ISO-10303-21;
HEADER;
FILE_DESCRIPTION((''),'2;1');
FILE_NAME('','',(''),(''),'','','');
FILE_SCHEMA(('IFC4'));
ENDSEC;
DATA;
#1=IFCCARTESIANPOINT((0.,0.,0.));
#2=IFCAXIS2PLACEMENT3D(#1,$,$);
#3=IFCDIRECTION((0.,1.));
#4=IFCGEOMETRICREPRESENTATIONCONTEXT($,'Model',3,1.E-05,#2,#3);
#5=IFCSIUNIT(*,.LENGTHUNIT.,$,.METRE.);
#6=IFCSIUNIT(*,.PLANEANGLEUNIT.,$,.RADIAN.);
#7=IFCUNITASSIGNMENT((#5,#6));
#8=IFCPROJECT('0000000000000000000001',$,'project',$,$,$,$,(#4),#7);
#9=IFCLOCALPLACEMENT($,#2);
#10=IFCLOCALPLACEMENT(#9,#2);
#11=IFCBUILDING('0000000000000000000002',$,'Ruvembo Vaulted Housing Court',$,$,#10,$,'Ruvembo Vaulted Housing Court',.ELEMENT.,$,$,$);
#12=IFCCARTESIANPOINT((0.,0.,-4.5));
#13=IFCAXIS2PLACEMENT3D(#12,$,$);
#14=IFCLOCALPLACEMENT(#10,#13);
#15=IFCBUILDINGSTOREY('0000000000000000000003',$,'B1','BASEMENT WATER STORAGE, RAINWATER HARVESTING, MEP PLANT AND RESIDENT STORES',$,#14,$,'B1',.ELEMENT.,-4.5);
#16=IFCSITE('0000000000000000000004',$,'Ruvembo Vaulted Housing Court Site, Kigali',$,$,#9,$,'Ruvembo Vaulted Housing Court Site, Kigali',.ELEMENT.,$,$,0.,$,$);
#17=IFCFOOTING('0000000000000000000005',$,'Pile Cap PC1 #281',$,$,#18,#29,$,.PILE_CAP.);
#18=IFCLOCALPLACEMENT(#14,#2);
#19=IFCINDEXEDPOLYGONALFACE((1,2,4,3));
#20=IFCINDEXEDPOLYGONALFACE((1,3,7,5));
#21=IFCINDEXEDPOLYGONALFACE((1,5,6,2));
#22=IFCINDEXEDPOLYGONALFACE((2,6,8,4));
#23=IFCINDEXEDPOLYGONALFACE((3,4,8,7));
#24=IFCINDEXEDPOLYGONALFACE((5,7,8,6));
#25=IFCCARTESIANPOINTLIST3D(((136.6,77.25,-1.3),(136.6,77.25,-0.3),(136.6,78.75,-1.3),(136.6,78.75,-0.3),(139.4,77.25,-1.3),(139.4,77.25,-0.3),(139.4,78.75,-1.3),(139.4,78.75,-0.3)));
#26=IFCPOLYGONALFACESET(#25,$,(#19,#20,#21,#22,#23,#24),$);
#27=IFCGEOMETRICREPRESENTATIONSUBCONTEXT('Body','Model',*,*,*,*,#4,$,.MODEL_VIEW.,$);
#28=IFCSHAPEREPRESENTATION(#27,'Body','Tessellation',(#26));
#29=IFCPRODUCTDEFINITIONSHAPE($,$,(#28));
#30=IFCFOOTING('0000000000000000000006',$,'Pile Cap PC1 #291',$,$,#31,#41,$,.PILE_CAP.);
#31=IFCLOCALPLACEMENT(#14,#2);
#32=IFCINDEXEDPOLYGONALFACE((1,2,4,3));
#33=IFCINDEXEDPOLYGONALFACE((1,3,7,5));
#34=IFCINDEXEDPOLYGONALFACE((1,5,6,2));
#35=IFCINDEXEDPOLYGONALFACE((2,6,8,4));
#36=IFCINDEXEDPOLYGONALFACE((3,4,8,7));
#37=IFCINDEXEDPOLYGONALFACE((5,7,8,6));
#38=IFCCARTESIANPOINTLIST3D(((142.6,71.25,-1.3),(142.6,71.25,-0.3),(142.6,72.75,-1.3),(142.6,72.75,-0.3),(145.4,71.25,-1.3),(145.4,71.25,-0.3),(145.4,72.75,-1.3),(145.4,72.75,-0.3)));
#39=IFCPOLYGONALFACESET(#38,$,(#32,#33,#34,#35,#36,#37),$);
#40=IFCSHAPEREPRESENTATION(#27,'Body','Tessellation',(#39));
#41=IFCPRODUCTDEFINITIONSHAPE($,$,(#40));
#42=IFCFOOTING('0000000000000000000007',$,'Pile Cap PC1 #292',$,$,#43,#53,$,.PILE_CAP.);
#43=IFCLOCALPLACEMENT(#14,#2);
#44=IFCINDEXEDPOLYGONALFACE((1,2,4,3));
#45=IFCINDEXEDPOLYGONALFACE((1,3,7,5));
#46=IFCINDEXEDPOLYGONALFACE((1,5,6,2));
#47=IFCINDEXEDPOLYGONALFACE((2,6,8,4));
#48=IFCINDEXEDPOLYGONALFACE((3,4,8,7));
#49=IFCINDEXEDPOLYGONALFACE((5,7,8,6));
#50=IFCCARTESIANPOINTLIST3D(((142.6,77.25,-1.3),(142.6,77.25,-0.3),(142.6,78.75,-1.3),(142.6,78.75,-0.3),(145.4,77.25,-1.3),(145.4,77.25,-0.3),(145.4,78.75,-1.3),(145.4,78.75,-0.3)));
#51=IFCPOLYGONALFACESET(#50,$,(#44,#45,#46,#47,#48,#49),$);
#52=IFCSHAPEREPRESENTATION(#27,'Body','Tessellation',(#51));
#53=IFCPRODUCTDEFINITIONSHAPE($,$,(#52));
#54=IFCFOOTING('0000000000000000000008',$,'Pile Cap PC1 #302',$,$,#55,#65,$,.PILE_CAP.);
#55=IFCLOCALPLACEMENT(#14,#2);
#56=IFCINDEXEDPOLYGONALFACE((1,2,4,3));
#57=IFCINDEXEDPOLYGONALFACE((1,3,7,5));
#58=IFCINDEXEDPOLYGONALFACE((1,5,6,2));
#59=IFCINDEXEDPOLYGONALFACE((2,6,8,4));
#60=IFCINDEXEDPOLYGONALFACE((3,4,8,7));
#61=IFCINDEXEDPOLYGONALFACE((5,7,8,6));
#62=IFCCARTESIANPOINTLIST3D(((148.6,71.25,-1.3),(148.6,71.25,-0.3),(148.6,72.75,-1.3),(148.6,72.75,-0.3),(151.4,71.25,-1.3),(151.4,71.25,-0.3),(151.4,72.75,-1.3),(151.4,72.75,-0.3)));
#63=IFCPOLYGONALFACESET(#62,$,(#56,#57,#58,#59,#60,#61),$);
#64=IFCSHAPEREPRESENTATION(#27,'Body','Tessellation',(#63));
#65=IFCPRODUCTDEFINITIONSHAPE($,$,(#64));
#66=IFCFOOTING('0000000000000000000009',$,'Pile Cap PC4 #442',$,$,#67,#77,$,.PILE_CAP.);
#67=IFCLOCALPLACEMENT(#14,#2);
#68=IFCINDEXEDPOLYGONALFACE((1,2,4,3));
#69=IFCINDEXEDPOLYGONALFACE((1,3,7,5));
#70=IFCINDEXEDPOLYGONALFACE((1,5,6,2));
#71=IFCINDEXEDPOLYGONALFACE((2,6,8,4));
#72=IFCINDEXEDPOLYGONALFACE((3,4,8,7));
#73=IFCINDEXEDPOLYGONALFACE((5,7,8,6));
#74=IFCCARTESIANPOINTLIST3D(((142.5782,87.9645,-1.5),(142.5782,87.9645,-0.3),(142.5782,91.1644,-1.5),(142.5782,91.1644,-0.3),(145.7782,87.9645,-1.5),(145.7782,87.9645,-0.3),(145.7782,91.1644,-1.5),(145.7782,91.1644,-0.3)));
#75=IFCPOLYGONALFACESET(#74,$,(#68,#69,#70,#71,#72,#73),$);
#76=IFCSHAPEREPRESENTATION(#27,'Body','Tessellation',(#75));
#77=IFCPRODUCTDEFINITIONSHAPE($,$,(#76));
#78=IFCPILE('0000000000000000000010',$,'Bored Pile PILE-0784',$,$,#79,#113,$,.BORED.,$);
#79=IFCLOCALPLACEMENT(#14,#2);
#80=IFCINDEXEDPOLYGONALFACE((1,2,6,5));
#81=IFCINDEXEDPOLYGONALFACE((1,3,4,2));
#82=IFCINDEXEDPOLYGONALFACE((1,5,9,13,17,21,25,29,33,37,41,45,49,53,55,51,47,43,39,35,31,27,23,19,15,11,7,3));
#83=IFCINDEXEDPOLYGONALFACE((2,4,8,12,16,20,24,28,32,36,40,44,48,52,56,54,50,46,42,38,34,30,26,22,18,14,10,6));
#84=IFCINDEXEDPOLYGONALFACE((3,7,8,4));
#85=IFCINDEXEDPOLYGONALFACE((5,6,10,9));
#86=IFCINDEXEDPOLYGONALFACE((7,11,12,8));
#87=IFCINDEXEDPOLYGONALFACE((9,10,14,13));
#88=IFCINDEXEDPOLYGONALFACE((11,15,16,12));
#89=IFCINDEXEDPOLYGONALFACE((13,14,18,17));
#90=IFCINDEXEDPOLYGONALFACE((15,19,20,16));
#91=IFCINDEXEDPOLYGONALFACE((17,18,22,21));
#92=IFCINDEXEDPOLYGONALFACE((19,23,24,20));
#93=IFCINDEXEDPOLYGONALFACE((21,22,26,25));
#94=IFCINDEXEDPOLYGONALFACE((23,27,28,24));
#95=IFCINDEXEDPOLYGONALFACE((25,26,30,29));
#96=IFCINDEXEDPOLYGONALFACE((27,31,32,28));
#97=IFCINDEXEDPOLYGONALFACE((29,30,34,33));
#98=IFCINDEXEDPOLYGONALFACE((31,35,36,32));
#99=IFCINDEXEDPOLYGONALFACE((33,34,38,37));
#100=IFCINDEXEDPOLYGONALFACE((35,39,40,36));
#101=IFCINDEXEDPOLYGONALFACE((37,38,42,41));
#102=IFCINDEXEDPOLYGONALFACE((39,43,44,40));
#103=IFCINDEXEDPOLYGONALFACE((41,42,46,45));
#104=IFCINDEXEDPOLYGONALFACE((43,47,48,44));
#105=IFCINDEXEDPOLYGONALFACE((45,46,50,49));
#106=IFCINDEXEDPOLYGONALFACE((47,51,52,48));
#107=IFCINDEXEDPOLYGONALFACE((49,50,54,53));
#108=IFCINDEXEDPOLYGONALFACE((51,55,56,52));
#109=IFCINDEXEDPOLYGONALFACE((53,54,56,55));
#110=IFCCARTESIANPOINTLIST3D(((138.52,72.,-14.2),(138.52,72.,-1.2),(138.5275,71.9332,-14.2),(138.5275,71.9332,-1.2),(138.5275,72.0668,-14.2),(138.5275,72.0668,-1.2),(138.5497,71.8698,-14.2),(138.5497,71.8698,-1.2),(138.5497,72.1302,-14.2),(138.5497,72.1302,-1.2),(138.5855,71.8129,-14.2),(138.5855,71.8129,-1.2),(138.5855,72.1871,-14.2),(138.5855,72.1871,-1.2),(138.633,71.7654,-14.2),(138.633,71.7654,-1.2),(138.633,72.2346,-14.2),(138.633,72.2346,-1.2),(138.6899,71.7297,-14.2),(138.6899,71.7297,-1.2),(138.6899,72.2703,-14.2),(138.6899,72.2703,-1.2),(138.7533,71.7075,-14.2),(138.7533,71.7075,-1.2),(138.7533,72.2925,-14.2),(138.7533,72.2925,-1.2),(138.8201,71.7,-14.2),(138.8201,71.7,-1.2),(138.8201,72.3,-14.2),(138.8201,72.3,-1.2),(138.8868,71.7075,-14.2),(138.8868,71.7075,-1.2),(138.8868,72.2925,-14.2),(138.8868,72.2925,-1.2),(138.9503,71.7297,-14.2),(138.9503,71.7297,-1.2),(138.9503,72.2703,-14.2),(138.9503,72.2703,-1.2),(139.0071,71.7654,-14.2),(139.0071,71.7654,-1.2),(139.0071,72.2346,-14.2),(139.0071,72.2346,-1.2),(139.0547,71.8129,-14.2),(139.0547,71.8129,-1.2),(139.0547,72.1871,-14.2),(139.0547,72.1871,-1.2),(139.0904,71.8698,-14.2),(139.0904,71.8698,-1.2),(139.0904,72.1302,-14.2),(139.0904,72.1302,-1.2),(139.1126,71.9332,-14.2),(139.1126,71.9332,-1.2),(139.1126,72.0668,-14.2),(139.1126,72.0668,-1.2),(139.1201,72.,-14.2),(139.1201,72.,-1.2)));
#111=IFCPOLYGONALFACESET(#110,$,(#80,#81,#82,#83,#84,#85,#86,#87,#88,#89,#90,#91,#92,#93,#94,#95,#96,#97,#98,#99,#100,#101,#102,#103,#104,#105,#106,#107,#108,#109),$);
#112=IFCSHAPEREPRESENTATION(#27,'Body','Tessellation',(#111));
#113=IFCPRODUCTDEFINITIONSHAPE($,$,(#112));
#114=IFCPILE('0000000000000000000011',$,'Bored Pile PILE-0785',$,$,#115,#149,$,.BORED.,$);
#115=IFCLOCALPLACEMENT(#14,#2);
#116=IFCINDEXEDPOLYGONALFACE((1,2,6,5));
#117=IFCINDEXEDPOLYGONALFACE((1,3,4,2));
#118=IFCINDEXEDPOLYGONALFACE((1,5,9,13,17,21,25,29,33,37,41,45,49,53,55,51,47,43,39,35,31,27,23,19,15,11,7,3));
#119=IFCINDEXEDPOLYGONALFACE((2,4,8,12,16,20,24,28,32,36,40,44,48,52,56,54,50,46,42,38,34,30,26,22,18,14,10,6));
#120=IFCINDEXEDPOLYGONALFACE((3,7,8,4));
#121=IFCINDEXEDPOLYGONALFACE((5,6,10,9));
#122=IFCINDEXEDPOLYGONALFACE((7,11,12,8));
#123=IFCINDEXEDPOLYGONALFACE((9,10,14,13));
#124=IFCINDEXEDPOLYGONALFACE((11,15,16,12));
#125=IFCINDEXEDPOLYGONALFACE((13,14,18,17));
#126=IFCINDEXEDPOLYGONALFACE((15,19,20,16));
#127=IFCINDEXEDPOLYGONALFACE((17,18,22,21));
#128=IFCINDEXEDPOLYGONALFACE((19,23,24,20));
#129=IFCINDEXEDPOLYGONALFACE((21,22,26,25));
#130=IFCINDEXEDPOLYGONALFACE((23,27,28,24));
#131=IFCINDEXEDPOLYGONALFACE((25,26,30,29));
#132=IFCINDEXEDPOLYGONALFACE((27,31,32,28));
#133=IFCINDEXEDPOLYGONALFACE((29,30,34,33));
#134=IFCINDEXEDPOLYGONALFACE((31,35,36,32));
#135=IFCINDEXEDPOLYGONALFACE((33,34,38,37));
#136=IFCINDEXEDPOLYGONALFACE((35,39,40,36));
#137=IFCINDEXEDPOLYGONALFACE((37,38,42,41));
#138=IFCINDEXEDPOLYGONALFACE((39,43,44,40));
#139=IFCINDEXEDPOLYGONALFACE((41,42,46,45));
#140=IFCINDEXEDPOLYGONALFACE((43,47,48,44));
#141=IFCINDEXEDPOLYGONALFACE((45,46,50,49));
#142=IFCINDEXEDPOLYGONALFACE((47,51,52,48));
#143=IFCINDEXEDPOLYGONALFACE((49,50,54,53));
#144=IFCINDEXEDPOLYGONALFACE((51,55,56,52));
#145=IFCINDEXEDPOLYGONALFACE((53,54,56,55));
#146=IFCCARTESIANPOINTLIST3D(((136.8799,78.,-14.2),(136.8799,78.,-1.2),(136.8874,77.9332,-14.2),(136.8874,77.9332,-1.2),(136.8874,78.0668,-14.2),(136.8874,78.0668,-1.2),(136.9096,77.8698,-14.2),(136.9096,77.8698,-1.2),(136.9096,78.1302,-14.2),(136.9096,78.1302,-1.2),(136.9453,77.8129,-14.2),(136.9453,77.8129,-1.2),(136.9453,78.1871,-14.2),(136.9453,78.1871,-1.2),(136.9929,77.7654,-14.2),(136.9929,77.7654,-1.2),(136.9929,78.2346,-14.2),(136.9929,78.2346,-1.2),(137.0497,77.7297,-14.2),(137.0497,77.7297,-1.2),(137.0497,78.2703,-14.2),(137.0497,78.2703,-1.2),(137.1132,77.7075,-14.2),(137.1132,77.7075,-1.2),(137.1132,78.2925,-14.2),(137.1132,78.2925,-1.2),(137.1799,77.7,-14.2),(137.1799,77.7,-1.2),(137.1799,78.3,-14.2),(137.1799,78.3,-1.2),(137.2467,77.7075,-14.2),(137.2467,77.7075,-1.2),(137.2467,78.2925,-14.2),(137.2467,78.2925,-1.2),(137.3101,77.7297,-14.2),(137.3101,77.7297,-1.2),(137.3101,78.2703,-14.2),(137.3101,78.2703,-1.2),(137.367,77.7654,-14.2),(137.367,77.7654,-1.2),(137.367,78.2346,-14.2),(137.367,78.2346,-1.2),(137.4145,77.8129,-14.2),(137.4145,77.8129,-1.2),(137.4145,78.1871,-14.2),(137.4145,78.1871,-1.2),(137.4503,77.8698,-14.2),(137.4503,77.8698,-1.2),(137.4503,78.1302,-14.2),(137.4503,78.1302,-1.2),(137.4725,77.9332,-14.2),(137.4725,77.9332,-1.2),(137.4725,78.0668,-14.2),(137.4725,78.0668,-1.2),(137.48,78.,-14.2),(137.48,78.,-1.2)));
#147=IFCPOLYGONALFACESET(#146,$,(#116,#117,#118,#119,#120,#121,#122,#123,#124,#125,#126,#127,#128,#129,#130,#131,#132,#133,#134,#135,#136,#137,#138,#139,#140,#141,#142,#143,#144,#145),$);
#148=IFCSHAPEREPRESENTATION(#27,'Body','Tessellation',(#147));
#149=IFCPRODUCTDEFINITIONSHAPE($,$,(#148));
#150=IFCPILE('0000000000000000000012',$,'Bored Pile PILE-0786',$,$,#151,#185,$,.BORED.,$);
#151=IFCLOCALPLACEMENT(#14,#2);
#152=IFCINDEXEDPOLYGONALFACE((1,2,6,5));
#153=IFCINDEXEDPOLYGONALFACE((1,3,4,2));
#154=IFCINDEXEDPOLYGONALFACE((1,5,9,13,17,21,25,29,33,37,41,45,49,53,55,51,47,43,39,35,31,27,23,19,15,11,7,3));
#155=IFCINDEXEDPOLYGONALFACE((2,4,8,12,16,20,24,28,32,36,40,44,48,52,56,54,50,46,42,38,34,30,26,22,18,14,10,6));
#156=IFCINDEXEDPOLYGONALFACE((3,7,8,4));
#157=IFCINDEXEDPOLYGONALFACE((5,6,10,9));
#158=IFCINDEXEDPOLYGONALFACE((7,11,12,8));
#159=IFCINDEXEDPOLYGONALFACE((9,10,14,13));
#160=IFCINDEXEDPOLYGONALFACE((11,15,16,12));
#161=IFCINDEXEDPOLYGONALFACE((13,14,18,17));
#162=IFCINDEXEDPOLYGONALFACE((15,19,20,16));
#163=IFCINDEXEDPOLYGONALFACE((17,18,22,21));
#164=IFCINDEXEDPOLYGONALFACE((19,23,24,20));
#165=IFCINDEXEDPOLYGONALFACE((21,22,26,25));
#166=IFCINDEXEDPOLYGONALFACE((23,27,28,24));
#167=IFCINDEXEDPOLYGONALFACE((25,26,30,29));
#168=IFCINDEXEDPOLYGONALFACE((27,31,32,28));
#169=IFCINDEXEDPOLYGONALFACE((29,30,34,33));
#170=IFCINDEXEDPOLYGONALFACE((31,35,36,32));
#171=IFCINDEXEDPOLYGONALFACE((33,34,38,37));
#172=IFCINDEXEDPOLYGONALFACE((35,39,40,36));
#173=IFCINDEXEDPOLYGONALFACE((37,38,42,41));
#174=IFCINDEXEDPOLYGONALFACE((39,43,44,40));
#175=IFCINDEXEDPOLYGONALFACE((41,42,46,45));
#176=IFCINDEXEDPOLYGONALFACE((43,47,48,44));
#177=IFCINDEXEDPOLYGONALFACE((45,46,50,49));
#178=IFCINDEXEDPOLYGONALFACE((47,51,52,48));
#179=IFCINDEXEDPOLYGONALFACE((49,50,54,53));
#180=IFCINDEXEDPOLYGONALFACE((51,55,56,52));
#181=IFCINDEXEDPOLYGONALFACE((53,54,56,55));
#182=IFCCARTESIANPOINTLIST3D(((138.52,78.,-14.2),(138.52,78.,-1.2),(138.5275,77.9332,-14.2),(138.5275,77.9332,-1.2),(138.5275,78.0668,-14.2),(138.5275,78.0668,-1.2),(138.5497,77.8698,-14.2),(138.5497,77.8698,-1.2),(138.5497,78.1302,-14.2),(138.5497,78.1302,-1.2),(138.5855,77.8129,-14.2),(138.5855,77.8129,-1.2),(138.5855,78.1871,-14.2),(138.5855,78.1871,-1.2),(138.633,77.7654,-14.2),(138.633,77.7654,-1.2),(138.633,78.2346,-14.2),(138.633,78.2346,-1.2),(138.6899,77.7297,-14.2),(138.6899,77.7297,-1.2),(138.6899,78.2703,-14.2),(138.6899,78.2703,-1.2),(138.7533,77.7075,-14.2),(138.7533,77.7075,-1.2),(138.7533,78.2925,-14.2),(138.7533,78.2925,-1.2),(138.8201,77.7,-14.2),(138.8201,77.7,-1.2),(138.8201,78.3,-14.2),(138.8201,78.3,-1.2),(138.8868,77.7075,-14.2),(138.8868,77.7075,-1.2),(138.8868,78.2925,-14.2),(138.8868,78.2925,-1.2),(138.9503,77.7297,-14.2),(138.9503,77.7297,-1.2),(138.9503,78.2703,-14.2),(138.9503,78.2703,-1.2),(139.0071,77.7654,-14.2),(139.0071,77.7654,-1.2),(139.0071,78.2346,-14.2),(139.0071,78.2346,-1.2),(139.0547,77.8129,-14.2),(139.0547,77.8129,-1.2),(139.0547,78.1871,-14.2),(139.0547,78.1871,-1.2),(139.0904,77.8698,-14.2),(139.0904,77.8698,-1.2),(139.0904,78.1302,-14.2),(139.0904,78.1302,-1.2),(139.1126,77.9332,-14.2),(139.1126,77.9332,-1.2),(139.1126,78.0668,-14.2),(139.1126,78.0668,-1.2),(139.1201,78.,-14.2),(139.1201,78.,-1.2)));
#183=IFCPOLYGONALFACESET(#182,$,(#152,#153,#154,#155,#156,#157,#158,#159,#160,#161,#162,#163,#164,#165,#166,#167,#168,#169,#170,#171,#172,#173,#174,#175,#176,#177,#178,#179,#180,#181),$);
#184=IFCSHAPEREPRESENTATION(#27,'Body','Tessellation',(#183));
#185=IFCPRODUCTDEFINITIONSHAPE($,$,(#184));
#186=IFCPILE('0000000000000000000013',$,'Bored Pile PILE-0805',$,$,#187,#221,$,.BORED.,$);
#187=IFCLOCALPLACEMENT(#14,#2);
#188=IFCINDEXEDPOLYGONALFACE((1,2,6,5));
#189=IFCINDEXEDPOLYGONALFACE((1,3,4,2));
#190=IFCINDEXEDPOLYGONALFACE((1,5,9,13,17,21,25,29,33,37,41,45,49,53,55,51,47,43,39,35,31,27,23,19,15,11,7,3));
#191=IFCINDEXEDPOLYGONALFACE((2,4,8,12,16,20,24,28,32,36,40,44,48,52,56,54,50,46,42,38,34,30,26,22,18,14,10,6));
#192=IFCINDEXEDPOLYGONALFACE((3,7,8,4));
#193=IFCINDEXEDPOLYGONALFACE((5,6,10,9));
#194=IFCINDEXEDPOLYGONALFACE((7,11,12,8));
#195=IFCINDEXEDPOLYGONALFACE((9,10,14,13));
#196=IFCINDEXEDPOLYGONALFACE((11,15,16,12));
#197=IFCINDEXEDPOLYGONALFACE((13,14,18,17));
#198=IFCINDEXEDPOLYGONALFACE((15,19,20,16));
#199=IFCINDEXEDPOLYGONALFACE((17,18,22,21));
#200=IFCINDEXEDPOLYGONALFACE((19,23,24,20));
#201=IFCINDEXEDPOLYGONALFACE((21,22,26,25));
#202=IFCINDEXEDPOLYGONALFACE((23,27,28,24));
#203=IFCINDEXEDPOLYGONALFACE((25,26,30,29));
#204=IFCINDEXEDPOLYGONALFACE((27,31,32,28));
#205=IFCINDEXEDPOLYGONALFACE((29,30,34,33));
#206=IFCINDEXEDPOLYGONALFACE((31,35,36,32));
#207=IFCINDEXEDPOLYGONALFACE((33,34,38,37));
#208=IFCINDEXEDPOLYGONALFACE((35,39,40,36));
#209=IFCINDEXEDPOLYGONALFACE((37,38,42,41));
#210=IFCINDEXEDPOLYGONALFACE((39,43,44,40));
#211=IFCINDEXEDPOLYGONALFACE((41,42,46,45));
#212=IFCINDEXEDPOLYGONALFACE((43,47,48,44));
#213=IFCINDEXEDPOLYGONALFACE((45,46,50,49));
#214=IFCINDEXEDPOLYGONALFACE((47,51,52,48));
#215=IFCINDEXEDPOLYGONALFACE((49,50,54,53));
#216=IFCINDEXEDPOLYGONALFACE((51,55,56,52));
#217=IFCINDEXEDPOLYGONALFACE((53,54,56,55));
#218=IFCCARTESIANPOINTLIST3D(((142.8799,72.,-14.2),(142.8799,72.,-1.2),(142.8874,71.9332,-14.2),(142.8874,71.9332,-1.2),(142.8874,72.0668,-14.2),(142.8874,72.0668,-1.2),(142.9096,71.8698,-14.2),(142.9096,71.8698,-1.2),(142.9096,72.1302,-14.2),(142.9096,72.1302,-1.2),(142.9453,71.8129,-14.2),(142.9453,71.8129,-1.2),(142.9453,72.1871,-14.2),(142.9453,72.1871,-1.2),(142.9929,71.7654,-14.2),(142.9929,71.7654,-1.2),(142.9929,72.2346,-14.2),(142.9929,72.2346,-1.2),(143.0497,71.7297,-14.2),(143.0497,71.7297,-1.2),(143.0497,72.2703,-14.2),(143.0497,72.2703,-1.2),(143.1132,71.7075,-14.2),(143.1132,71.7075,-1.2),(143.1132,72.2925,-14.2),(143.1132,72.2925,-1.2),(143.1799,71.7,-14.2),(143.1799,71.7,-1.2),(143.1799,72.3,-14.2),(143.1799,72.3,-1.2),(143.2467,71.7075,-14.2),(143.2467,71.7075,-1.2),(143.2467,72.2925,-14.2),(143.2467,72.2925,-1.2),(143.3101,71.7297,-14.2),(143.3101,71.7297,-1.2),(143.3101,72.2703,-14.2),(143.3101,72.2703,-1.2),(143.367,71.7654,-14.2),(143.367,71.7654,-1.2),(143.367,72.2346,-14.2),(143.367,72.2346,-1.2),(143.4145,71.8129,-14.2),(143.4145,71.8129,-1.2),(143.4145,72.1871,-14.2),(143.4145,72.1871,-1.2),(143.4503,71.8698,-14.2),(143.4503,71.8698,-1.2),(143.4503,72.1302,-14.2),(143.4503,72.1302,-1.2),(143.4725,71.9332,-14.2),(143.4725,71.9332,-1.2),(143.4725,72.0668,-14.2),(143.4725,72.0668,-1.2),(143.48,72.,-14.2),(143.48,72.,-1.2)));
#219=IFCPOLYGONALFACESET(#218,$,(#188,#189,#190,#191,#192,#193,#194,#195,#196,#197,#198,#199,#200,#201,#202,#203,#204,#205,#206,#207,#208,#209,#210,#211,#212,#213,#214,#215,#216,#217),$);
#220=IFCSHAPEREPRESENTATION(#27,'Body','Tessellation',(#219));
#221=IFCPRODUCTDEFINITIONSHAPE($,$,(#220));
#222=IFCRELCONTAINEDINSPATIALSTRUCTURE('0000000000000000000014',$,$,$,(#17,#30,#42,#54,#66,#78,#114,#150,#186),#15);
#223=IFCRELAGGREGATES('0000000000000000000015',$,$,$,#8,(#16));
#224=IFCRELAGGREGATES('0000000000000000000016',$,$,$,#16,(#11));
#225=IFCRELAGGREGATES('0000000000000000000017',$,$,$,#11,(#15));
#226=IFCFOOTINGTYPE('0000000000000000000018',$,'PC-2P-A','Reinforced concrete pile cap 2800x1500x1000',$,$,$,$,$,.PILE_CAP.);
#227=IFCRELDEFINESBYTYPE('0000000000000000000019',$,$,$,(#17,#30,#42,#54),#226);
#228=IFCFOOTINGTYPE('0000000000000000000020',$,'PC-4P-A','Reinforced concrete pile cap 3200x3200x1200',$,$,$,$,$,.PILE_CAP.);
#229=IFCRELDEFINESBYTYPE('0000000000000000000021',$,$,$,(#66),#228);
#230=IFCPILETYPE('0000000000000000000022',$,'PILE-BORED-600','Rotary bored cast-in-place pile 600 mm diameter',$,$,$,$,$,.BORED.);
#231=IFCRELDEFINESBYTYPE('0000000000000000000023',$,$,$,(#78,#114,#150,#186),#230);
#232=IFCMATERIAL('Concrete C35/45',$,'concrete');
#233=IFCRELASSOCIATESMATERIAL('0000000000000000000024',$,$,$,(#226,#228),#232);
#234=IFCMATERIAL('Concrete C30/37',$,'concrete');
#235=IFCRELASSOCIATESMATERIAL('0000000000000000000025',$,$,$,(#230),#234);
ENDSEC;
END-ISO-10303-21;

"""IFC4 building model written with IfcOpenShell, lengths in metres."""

from ifc_helpers import new_model, si_unit, direction, frame, origin, origin_2d, place, context, subcontext, project, spatial, rectangle, circle, extrude, material, material_profile, profile_set, type_object, element, save


model = new_model("IFC4")

# Units and contexts
model_context = context("Model", 3, precision=1e-05, world=origin(), true_north=direction((0.0, 1.0)))
body_context = subcontext(model_context, "Body", "Model", "MODEL_VIEW")
ifc_project = project(units=[si_unit("LENGTHUNIT", "METRE"), si_unit("PLANEANGLEUNIT", "RADIAN")], contexts=[model_context])

# Site, building, storey
site_placement = place(None, origin())
site = spatial("IfcSite", under=ifc_project, at=site_placement, Name="Ruvembo Vaulted Housing Court Site, Kigali", LongName="Ruvembo Vaulted Housing Court Site, Kigali", CompositionType="ELEMENT", RefElevation=0.0)
building_placement = place(site_placement, origin())
building = spatial("IfcBuilding", under=site, at=building_placement, Name="Ruvembo Vaulted Housing Court", LongName="Ruvembo Vaulted Housing Court", CompositionType="ELEMENT")
storey_placement = place(building_placement, frame((0.0, 0.0, -4.5)))
storey = spatial("IfcBuildingStorey", under=building, at=storey_placement, Name="B1", Description="BASEMENT WATER STORAGE, RAINWATER HARVESTING, MEP PLANT AND RESIDENT STORES", LongName="B1", CompositionType="ELEMENT", Elevation=-4.5)

# Footings
ifc_material_1 = material(Name="Concrete C35/45", Category="concrete")
footing_type_1 = type_object("IfcFootingType", Name="PC-2P-A", Description="Reinforced concrete pile cap 2800x1500x1000", PredefinedType="PILE_CAP", material=ifc_material_1)
for number, where, z_axis, x_axis, name in (
    (1, (138.0, 78.0, -1.3), (0.0, 0.0, 1.0), (1.0, 0.0, 0.0), "Pile Cap PC1 #281"),
    (2, (144.0, 72.0, -1.3), (0.0, 0.0, 1.0), (1.0, 0.0, 0.0), "Pile Cap PC1 #291"),
    (3, (144.0, 78.0, -1.3), (0.0, 0.0, 1.0), (1.0, 0.0, 0.0), "Pile Cap PC1 #292"),
    (4, (150.0, 72.0, -1.3), (0.0, 0.0, 1.0), (1.0, 0.0, 0.0), "Pile Cap PC1 #302"),
):
    element("IfcFooting", number, at=place(storey_placement, frame(where, z_axis=z_axis, x_axis=x_axis)), inside=storey, type_object=footing_type_1, Name=name, PredefinedType="PILE_CAP", context=body_context, shape_type="SweptSolid", body=[
        extrude(rectangle(XDim=2.8, YDim=1.5, at=origin_2d()), origin(), (0.0, 0.0, 1.0), 1.0),
    ])
footing_type_2 = type_object("IfcFootingType", Name="PC-4P-A", Description="Reinforced concrete pile cap 3200x3200x1200", PredefinedType="PILE_CAP", material=ifc_material_1)
footing_placement = place(storey_placement, frame((144.1782, 89.5645, -1.5), z_axis=(0.0, 0.0, 1.0), x_axis=(1.0, 0.0, 0.0)))
element("IfcFooting", 5, at=footing_placement, inside=storey, type_object=footing_type_2, Name="Pile Cap PC4 #442", PredefinedType="PILE_CAP", context=body_context, shape_type="SweptSolid", body=[
    extrude(rectangle(XDim=3.2, YDim=3.2, at=origin_2d()), origin(), (0.0, 0.0, 1.0), 1.2),
])

# Piles
ifc_material_2 = material(Name="Concrete C30/37", Category="concrete")
ifc_material_profile_1 = material_profile(ifc_material_2, circle(Radius=0.3, at=origin_2d()), Name="PILE D600")
ifc_profile_set_1 = profile_set([ifc_material_profile_1], Name="Concrete C30/37")
pile_type_1 = type_object("IfcPileType", Name="PILE-BORED-600", Description="Rotary bored cast-in-place pile 600 mm diameter", PredefinedType="BORED", material=ifc_profile_set_1)
for number, where, z_axis, x_axis, name in (
    (6, (138.8201, 72.0, -1.2), (0.0, 0.0, -1.0), (1.0, 0.0, 0.0), "Bored Pile PILE-0784"),
    (7, (137.1799, 78.0, -1.2), (0.0, 0.0, -1.0), (1.0, 0.0, 0.0), "Bored Pile PILE-0785"),
    (8, (138.8201, 78.0, -1.2), (0.0, 0.0, -1.0), (1.0, 0.0, 0.0), "Bored Pile PILE-0786"),
    (9, (143.1799, 72.0, -1.2), (0.0, 0.0, -1.0), (1.0, 0.0, 0.0), "Bored Pile PILE-0805"),
):
    element("IfcPile", number, at=place(storey_placement, frame(where, z_axis=z_axis, x_axis=x_axis)), inside=storey, type_object=pile_type_1, Name=name, PredefinedType="BORED", context=body_context, shape_type="SweptSolid", body=[
        extrude(circle(Radius=0.3, at=origin_2d()), origin(), (0.0, 0.0, 1.0), 13.0),
    ])

save(model, "model.ifc")
